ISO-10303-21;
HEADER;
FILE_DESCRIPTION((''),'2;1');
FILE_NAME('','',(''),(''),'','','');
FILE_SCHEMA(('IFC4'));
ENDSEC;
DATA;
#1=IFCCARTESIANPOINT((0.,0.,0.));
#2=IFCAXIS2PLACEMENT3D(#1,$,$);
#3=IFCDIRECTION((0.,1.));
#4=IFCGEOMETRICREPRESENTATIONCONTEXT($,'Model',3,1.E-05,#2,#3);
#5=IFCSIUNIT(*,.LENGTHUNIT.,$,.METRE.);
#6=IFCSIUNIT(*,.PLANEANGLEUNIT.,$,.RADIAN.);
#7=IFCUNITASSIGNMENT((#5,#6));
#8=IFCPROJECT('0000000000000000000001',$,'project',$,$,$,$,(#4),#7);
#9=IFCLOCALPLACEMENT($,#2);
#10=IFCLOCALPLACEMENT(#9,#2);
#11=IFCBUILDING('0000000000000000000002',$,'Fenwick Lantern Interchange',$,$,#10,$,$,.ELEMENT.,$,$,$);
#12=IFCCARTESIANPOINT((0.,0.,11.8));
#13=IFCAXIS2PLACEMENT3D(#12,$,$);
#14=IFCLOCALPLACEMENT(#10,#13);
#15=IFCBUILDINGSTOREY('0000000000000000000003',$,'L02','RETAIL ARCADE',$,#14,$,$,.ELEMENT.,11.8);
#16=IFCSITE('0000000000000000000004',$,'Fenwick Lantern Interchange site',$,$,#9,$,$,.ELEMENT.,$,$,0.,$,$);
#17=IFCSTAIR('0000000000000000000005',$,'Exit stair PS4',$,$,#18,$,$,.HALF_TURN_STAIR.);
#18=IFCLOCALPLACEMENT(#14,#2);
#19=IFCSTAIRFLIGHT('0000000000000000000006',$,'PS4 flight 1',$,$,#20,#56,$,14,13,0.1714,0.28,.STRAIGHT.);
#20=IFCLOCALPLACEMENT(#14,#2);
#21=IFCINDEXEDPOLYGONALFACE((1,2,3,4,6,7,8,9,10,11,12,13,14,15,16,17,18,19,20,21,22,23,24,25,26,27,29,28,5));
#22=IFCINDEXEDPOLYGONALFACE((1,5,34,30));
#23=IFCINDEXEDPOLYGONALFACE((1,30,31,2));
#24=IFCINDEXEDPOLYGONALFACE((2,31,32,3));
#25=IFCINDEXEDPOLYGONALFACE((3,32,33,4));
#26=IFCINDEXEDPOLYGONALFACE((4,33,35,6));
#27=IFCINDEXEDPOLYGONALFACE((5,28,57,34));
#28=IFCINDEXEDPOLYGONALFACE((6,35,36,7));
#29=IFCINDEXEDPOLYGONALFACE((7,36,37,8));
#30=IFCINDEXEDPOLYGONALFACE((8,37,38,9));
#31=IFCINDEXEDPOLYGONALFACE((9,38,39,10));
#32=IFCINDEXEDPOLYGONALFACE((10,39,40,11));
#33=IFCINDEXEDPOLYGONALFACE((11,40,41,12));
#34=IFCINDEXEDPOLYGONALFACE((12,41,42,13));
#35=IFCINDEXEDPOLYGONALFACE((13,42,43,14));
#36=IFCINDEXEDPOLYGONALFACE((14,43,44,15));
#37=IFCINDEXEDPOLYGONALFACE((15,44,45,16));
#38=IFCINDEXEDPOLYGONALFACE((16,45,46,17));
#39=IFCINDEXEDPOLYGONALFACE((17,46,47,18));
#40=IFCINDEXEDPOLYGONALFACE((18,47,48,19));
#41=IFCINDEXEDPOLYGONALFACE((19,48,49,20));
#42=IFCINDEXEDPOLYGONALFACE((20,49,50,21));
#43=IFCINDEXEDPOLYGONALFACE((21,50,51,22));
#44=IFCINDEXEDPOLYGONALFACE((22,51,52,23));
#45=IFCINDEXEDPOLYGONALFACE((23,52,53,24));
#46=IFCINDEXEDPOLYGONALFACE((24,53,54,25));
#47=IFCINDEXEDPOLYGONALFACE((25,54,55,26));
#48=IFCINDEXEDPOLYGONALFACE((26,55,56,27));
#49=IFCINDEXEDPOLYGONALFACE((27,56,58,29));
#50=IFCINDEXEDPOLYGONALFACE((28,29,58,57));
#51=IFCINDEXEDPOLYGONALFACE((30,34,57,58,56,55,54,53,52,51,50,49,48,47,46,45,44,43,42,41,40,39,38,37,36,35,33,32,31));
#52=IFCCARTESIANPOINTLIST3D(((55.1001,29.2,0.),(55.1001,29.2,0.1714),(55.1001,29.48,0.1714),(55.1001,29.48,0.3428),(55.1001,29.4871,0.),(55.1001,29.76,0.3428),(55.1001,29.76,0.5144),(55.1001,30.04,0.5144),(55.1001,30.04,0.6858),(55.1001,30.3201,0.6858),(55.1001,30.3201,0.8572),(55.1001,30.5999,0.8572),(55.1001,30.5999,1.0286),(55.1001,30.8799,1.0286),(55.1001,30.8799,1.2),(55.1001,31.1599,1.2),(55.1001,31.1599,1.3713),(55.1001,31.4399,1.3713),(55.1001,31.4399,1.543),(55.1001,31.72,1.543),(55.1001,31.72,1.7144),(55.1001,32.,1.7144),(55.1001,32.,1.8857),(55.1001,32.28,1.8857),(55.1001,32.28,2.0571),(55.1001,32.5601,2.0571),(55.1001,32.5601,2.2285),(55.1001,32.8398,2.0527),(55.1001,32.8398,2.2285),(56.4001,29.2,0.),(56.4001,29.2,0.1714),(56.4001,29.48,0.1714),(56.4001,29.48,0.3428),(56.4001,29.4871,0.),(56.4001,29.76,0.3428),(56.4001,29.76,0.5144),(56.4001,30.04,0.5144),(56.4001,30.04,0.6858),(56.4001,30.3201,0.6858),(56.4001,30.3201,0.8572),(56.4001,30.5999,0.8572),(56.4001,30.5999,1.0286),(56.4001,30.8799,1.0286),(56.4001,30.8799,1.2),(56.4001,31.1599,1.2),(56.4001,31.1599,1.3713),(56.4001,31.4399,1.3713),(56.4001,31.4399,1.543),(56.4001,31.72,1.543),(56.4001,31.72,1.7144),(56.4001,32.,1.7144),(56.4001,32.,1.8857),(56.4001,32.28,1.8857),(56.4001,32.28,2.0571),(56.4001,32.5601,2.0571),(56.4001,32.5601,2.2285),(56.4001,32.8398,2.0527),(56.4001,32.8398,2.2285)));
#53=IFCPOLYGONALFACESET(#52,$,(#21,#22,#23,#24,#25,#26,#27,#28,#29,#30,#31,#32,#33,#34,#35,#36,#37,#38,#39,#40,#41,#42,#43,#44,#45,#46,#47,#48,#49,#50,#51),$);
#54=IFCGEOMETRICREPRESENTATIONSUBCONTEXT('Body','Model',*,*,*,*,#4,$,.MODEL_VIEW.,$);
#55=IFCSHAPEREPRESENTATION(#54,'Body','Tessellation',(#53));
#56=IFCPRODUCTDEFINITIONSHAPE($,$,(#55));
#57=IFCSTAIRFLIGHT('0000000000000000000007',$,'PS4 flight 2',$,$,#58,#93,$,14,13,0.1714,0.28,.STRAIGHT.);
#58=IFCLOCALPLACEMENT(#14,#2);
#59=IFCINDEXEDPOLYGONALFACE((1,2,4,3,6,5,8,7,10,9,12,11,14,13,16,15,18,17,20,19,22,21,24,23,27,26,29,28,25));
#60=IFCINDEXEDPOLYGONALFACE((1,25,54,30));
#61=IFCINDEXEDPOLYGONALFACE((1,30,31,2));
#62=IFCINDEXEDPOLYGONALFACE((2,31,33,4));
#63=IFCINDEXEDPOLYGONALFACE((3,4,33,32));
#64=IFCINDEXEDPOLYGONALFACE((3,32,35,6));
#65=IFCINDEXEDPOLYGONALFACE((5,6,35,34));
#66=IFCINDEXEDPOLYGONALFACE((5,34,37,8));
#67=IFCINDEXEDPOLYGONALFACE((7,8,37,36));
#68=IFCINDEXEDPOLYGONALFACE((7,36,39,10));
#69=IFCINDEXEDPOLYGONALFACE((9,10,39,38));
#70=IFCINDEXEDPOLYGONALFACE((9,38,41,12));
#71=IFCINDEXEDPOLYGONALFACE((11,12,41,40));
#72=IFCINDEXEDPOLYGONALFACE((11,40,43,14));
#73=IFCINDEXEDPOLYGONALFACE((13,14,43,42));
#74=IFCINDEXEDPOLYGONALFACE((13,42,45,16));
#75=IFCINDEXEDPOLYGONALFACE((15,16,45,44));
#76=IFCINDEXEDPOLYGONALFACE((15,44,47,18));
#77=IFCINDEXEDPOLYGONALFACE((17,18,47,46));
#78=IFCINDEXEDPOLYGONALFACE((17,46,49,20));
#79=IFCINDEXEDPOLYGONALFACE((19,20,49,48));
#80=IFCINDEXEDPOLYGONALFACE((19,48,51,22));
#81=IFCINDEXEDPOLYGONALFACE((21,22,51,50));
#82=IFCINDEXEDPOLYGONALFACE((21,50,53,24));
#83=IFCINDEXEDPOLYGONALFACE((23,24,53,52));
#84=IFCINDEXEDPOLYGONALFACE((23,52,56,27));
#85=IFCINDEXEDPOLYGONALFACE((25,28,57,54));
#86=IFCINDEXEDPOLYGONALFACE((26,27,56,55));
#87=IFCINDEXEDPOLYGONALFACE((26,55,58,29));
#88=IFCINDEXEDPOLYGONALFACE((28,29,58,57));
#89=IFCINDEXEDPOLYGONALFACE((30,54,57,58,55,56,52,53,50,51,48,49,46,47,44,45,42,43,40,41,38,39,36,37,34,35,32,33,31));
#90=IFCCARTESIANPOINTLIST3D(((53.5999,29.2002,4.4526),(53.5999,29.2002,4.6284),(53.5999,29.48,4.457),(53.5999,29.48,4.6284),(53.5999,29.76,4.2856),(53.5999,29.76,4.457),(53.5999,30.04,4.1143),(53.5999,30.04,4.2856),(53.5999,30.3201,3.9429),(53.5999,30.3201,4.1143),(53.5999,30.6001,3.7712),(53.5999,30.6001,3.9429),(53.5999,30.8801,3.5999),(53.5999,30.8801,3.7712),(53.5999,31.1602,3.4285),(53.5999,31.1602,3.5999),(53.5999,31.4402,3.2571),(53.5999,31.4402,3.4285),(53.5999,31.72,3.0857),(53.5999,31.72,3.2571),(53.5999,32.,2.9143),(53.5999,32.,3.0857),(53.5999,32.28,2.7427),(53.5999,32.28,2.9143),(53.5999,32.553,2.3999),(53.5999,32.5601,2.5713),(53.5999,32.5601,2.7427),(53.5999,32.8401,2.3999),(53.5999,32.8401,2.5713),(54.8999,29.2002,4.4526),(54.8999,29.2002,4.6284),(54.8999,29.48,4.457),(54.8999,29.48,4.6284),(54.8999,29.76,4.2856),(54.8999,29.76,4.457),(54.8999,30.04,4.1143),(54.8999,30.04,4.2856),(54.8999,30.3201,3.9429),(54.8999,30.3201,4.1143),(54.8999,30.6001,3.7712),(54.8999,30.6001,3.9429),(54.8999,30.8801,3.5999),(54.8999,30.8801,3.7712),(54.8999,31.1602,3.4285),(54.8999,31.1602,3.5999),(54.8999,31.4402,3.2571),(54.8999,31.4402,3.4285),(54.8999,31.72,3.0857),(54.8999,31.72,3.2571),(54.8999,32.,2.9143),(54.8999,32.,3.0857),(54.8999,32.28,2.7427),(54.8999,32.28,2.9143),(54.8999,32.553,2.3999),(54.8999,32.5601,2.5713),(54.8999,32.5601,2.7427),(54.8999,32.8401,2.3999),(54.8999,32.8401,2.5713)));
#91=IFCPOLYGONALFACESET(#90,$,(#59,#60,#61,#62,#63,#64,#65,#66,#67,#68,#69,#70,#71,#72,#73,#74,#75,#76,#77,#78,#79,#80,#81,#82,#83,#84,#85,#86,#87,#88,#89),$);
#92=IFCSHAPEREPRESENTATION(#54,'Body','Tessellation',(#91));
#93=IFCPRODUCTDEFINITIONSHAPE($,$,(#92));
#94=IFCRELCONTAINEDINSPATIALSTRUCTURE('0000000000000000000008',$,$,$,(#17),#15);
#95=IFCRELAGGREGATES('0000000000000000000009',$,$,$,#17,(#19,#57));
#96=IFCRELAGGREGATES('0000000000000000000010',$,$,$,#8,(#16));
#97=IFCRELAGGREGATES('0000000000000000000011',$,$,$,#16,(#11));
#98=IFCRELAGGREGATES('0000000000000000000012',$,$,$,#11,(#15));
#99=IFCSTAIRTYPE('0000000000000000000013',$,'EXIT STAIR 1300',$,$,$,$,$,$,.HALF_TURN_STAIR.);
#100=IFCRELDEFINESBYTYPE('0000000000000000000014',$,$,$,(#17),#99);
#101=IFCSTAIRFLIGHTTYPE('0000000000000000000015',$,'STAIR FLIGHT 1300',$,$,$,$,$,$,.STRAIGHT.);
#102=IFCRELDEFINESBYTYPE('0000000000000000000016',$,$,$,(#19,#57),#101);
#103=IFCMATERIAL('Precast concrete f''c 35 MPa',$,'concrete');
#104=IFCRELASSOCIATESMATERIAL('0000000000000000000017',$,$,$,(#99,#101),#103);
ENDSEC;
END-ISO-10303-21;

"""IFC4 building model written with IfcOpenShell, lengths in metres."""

from ifc_helpers import new_model, si_unit, direction, frame, origin, place, context, subcontext, project, spatial, polyline, outline, extrude, material, type_object, element, aggregate, save


model = new_model("IFC4")

# Units and contexts
model_context = context("Model", 3, precision=1e-05, world=origin(), true_north=direction((0.0, 1.0)))
body_context = subcontext(model_context, "Body", "Model", "MODEL_VIEW")
ifc_project = project(units=[si_unit("LENGTHUNIT", "METRE"), si_unit("PLANEANGLEUNIT", "RADIAN")], contexts=[model_context])

# Site, building, storey
site_placement = place(None, origin())
site = spatial("IfcSite", under=ifc_project, at=site_placement, Name="Fenwick Lantern Interchange site", CompositionType="ELEMENT", RefElevation=0.0)
building_placement = place(site_placement, origin())
building = spatial("IfcBuilding", under=site, at=building_placement, Name="Fenwick Lantern Interchange", CompositionType="ELEMENT")
storey_placement = place(building_placement, frame((0.0, 0.0, 11.8)))
storey = spatial("IfcBuildingStorey", under=building, at=storey_placement, Name="L02", Description="RETAIL ARCADE", CompositionType="ELEMENT", Elevation=11.8)

# Stair, stair flights
ifc_material_1 = material(Name="Precast concrete f'c 35 MPa", Category="concrete")
stair_type = type_object("IfcStairType", Name="EXIT STAIR 1300", PredefinedType="HALF_TURN_STAIR", material=ifc_material_1)
stair_placement = place(storey_placement, origin())
stair = element("IfcStair", 1, at=stair_placement, inside=storey, type_object=stair_type, Name="Exit stair PS4", PredefinedType="HALF_TURN_STAIR")
stair_flight_type = type_object("IfcStairFlightType", Name="STAIR FLIGHT 1300", PredefinedType="STRAIGHT", material=ifc_material_1)
stair_flight_1_placement = place(storey_placement, frame((55.75, 29.2, 0.0), z_axis=(0.0, 0.0, 1.0), x_axis=(0.0, 1.0, 0.0)))
stair_flight_1 = element("IfcStairFlight", 2, at=stair_flight_1_placement, type_object=stair_flight_type, Name="PS4 flight 1", NumberOfRisers=14, NumberOfTreads=13, PredefinedType="STRAIGHT", RiserHeight=0.1714, TreadLength=0.28, context=body_context, shape_type="SweptSolid", body=[
    extrude(outline(polyline([(0.0, 0.0), (0.0, 0.1714), (0.28, 0.1714), (0.28, 0.3428), (0.5601, 0.3428), (0.5601, 0.5144), (0.8401, 0.5144), (0.8401, 0.6858), (1.1201, 0.6858), (1.1201, 0.8572), (1.3999, 0.8572), (1.3999, 1.0286), (1.6799, 1.0286), (1.6799, 1.2), (1.96, 1.2), (1.96, 1.3713), (2.24, 1.3713), (2.24, 1.543), (2.52, 1.543), (2.52, 1.7144), (2.8, 1.7144), (2.8, 1.8857), (3.0801, 1.8857), (3.0801, 2.0571), (3.3601, 2.0571), (3.3601, 2.2285), (3.6399, 2.2285), (3.6399, 2.3999), (3.6399, 2.0527), (0.2871, 0.0), (0.0, 0.0)])), frame((0.0, 0.6499, 0.0), z_axis=(0.0, -1.0, 0.0), x_axis=(1.0, 0.0, 0.0)), (0.0, 0.0, 1.0), 1.3),
])
stair_flight_2_placement = place(storey_placement, frame((54.25, 32.8401, 2.3999), z_axis=(0.0, 0.0, 1.0), x_axis=(0.0, -1.0, 0.0)))
stair_flight_2 = element("IfcStairFlight", 3, at=stair_flight_2_placement, type_object=stair_flight_type, Name="PS4 flight 2", NumberOfRisers=14, NumberOfTreads=13, PredefinedType="STRAIGHT", RiserHeight=0.1714, TreadLength=0.28, context=body_context, shape_type="SweptSolid", body=[
    extrude(outline(polyline([(0.0, 0.0), (0.0, 0.1714), (0.28, 0.1714), (0.28, 0.3428), (0.5601, 0.3428), (0.5601, 0.5144), (0.8401, 0.5144), (0.8401, 0.6858), (1.1201, 0.6858), (1.1201, 0.8572), (1.3999, 0.8572), (1.3999, 1.0286), (1.6799, 1.0286), (1.6799, 1.2), (1.96, 1.2), (1.96, 1.3713), (2.24, 1.3713), (2.24, 1.543), (2.52, 1.543), (2.52, 1.7144), (2.8, 1.7144), (2.8, 1.8857), (3.0801, 1.8857), (3.0801, 2.0571), (3.3601, 2.0571), (3.3601, 2.2285), (3.6399, 2.2285), (3.6399, 2.3999), (3.6399, 2.0527), (0.2871, 0.0), (0.0, 0.0)])), frame((0.0, 0.6499, 0.0), z_axis=(0.0, -1.0, 0.0), x_axis=(1.0, 0.0, 0.0)), (0.0, 0.0, 1.0), 1.3),
])
aggregate(stair, [stair_flight_1, stair_flight_2])

save(model, "model.ifc")
